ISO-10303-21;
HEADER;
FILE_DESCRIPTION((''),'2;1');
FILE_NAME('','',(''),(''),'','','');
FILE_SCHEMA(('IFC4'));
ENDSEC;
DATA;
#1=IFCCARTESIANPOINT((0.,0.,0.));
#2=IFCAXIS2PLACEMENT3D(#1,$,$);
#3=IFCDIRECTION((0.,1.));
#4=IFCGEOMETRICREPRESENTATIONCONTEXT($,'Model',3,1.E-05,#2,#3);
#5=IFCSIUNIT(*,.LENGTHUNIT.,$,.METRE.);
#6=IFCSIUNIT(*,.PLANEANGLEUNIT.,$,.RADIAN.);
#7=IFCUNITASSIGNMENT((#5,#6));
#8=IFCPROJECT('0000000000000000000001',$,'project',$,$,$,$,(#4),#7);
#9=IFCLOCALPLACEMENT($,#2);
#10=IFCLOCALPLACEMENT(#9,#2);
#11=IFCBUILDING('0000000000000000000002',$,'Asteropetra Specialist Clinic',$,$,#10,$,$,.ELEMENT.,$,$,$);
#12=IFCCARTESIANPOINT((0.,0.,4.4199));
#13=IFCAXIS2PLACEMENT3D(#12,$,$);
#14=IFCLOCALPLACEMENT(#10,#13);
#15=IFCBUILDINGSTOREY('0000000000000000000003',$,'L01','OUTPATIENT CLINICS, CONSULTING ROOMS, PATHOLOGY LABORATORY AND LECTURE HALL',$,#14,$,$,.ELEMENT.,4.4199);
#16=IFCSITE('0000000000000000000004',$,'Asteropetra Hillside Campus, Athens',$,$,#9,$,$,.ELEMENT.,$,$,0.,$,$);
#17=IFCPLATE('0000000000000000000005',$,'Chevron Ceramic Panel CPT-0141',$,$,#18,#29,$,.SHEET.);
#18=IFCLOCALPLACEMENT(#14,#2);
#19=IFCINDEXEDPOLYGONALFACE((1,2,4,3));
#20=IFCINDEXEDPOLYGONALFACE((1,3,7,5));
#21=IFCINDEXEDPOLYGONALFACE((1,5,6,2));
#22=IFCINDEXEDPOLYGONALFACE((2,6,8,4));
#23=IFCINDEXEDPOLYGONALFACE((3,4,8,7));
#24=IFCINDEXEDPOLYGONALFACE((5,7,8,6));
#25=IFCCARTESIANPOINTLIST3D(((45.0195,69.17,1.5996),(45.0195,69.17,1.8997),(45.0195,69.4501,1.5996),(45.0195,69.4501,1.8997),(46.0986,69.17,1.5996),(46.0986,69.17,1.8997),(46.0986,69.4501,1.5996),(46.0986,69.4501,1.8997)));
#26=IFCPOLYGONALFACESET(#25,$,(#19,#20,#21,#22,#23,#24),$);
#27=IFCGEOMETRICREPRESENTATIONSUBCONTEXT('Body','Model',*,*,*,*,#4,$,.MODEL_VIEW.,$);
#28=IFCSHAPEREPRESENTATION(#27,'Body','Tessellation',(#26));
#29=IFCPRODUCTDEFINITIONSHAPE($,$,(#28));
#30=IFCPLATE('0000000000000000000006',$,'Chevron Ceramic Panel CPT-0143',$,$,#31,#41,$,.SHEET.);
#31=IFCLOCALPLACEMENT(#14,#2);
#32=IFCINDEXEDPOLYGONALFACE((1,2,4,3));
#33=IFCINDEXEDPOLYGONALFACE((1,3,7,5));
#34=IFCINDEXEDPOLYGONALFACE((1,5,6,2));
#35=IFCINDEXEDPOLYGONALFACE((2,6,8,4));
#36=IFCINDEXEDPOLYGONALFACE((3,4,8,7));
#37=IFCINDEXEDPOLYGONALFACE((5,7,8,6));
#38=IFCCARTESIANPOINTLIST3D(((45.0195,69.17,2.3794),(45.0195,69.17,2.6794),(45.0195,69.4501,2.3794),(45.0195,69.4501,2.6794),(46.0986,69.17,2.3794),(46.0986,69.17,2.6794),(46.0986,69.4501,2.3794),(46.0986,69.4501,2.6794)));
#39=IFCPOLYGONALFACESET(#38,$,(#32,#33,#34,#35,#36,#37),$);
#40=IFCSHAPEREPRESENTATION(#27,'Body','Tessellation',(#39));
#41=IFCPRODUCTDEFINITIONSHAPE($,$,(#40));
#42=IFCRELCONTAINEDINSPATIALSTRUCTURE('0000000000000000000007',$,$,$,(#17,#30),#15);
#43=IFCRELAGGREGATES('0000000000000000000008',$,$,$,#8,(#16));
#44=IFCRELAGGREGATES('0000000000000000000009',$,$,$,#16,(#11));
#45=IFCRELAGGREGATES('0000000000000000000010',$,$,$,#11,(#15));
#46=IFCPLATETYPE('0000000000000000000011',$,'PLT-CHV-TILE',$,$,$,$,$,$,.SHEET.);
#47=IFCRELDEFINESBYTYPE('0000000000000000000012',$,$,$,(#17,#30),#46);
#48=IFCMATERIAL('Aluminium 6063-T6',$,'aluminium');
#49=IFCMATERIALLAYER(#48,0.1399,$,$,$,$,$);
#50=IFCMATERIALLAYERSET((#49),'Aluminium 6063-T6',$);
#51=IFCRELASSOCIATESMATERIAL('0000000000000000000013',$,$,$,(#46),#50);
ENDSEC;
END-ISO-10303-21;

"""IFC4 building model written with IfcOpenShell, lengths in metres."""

from ifc_helpers import new_model, si_unit, direction, frame, origin, origin_2d, place, context, subcontext, project, spatial, rectangle, extrude, material, layer, layer_set, type_object, element, save


model = new_model("IFC4")

# Units and contexts
model_context = context("Model", 3, precision=1e-05, world=origin(), true_north=direction((0.0, 1.0)))
body_context = subcontext(model_context, "Body", "Model", "MODEL_VIEW")
ifc_project = project(units=[si_unit("LENGTHUNIT", "METRE"), si_unit("PLANEANGLEUNIT", "RADIAN")], contexts=[model_context])

# Site, building, storey
site_placement = place(None, origin())
site = spatial("IfcSite", under=ifc_project, at=site_placement, Name="Asteropetra Hillside Campus, Athens", CompositionType="ELEMENT", RefElevation=0.0)
building_placement = place(site_placement, origin())
building = spatial("IfcBuilding", under=site, at=building_placement, Name="Asteropetra Specialist Clinic", CompositionType="ELEMENT")
storey_placement = place(building_placement, frame((0.0, 0.0, 4.4199)))
storey = spatial("IfcBuildingStorey", under=building, at=storey_placement, Name="L01", Description="OUTPATIENT CLINICS, CONSULTING ROOMS, PATHOLOGY LABORATORY AND LECTURE HALL", CompositionType="ELEMENT", Elevation=4.4199)

# Plates
ifc_material_1 = material(Name="Aluminium 6063-T6", Category="aluminium")
ifc_layer = layer(ifc_material_1, 0.1399)
ifc_layer_set = layer_set([ifc_layer], Name="Aluminium 6063-T6")
plate_type_1 = type_object("IfcPlateType", Name="PLT-CHV-TILE", PredefinedType="SHEET", material=ifc_layer_set)
for number, where, z_axis, x_axis, name in (
    (1, (45.5591, 69.3101, 1.5996), (0.0, 0.0, 1.0), (1.0, 0.0, 0.0), "Chevron Ceramic Panel CPT-0141"),
    (2, (45.5591, 69.3101, 2.3794), (0.0, 0.0, 1.0), (1.0, 0.0, 0.0), "Chevron Ceramic Panel CPT-0143"),
):
    element("IfcPlate", number, at=place(storey_placement, frame(where, z_axis=z_axis, x_axis=x_axis)), inside=storey, type_object=plate_type_1, Name=name, PredefinedType="SHEET", context=body_context, shape_type="SweptSolid", body=[
        extrude(rectangle(XDim=1.0791, YDim=0.28, at=origin_2d()), origin(), (0.0, 0.0, 1.0), 0.3),
    ])

save(model, "model.ifc")
